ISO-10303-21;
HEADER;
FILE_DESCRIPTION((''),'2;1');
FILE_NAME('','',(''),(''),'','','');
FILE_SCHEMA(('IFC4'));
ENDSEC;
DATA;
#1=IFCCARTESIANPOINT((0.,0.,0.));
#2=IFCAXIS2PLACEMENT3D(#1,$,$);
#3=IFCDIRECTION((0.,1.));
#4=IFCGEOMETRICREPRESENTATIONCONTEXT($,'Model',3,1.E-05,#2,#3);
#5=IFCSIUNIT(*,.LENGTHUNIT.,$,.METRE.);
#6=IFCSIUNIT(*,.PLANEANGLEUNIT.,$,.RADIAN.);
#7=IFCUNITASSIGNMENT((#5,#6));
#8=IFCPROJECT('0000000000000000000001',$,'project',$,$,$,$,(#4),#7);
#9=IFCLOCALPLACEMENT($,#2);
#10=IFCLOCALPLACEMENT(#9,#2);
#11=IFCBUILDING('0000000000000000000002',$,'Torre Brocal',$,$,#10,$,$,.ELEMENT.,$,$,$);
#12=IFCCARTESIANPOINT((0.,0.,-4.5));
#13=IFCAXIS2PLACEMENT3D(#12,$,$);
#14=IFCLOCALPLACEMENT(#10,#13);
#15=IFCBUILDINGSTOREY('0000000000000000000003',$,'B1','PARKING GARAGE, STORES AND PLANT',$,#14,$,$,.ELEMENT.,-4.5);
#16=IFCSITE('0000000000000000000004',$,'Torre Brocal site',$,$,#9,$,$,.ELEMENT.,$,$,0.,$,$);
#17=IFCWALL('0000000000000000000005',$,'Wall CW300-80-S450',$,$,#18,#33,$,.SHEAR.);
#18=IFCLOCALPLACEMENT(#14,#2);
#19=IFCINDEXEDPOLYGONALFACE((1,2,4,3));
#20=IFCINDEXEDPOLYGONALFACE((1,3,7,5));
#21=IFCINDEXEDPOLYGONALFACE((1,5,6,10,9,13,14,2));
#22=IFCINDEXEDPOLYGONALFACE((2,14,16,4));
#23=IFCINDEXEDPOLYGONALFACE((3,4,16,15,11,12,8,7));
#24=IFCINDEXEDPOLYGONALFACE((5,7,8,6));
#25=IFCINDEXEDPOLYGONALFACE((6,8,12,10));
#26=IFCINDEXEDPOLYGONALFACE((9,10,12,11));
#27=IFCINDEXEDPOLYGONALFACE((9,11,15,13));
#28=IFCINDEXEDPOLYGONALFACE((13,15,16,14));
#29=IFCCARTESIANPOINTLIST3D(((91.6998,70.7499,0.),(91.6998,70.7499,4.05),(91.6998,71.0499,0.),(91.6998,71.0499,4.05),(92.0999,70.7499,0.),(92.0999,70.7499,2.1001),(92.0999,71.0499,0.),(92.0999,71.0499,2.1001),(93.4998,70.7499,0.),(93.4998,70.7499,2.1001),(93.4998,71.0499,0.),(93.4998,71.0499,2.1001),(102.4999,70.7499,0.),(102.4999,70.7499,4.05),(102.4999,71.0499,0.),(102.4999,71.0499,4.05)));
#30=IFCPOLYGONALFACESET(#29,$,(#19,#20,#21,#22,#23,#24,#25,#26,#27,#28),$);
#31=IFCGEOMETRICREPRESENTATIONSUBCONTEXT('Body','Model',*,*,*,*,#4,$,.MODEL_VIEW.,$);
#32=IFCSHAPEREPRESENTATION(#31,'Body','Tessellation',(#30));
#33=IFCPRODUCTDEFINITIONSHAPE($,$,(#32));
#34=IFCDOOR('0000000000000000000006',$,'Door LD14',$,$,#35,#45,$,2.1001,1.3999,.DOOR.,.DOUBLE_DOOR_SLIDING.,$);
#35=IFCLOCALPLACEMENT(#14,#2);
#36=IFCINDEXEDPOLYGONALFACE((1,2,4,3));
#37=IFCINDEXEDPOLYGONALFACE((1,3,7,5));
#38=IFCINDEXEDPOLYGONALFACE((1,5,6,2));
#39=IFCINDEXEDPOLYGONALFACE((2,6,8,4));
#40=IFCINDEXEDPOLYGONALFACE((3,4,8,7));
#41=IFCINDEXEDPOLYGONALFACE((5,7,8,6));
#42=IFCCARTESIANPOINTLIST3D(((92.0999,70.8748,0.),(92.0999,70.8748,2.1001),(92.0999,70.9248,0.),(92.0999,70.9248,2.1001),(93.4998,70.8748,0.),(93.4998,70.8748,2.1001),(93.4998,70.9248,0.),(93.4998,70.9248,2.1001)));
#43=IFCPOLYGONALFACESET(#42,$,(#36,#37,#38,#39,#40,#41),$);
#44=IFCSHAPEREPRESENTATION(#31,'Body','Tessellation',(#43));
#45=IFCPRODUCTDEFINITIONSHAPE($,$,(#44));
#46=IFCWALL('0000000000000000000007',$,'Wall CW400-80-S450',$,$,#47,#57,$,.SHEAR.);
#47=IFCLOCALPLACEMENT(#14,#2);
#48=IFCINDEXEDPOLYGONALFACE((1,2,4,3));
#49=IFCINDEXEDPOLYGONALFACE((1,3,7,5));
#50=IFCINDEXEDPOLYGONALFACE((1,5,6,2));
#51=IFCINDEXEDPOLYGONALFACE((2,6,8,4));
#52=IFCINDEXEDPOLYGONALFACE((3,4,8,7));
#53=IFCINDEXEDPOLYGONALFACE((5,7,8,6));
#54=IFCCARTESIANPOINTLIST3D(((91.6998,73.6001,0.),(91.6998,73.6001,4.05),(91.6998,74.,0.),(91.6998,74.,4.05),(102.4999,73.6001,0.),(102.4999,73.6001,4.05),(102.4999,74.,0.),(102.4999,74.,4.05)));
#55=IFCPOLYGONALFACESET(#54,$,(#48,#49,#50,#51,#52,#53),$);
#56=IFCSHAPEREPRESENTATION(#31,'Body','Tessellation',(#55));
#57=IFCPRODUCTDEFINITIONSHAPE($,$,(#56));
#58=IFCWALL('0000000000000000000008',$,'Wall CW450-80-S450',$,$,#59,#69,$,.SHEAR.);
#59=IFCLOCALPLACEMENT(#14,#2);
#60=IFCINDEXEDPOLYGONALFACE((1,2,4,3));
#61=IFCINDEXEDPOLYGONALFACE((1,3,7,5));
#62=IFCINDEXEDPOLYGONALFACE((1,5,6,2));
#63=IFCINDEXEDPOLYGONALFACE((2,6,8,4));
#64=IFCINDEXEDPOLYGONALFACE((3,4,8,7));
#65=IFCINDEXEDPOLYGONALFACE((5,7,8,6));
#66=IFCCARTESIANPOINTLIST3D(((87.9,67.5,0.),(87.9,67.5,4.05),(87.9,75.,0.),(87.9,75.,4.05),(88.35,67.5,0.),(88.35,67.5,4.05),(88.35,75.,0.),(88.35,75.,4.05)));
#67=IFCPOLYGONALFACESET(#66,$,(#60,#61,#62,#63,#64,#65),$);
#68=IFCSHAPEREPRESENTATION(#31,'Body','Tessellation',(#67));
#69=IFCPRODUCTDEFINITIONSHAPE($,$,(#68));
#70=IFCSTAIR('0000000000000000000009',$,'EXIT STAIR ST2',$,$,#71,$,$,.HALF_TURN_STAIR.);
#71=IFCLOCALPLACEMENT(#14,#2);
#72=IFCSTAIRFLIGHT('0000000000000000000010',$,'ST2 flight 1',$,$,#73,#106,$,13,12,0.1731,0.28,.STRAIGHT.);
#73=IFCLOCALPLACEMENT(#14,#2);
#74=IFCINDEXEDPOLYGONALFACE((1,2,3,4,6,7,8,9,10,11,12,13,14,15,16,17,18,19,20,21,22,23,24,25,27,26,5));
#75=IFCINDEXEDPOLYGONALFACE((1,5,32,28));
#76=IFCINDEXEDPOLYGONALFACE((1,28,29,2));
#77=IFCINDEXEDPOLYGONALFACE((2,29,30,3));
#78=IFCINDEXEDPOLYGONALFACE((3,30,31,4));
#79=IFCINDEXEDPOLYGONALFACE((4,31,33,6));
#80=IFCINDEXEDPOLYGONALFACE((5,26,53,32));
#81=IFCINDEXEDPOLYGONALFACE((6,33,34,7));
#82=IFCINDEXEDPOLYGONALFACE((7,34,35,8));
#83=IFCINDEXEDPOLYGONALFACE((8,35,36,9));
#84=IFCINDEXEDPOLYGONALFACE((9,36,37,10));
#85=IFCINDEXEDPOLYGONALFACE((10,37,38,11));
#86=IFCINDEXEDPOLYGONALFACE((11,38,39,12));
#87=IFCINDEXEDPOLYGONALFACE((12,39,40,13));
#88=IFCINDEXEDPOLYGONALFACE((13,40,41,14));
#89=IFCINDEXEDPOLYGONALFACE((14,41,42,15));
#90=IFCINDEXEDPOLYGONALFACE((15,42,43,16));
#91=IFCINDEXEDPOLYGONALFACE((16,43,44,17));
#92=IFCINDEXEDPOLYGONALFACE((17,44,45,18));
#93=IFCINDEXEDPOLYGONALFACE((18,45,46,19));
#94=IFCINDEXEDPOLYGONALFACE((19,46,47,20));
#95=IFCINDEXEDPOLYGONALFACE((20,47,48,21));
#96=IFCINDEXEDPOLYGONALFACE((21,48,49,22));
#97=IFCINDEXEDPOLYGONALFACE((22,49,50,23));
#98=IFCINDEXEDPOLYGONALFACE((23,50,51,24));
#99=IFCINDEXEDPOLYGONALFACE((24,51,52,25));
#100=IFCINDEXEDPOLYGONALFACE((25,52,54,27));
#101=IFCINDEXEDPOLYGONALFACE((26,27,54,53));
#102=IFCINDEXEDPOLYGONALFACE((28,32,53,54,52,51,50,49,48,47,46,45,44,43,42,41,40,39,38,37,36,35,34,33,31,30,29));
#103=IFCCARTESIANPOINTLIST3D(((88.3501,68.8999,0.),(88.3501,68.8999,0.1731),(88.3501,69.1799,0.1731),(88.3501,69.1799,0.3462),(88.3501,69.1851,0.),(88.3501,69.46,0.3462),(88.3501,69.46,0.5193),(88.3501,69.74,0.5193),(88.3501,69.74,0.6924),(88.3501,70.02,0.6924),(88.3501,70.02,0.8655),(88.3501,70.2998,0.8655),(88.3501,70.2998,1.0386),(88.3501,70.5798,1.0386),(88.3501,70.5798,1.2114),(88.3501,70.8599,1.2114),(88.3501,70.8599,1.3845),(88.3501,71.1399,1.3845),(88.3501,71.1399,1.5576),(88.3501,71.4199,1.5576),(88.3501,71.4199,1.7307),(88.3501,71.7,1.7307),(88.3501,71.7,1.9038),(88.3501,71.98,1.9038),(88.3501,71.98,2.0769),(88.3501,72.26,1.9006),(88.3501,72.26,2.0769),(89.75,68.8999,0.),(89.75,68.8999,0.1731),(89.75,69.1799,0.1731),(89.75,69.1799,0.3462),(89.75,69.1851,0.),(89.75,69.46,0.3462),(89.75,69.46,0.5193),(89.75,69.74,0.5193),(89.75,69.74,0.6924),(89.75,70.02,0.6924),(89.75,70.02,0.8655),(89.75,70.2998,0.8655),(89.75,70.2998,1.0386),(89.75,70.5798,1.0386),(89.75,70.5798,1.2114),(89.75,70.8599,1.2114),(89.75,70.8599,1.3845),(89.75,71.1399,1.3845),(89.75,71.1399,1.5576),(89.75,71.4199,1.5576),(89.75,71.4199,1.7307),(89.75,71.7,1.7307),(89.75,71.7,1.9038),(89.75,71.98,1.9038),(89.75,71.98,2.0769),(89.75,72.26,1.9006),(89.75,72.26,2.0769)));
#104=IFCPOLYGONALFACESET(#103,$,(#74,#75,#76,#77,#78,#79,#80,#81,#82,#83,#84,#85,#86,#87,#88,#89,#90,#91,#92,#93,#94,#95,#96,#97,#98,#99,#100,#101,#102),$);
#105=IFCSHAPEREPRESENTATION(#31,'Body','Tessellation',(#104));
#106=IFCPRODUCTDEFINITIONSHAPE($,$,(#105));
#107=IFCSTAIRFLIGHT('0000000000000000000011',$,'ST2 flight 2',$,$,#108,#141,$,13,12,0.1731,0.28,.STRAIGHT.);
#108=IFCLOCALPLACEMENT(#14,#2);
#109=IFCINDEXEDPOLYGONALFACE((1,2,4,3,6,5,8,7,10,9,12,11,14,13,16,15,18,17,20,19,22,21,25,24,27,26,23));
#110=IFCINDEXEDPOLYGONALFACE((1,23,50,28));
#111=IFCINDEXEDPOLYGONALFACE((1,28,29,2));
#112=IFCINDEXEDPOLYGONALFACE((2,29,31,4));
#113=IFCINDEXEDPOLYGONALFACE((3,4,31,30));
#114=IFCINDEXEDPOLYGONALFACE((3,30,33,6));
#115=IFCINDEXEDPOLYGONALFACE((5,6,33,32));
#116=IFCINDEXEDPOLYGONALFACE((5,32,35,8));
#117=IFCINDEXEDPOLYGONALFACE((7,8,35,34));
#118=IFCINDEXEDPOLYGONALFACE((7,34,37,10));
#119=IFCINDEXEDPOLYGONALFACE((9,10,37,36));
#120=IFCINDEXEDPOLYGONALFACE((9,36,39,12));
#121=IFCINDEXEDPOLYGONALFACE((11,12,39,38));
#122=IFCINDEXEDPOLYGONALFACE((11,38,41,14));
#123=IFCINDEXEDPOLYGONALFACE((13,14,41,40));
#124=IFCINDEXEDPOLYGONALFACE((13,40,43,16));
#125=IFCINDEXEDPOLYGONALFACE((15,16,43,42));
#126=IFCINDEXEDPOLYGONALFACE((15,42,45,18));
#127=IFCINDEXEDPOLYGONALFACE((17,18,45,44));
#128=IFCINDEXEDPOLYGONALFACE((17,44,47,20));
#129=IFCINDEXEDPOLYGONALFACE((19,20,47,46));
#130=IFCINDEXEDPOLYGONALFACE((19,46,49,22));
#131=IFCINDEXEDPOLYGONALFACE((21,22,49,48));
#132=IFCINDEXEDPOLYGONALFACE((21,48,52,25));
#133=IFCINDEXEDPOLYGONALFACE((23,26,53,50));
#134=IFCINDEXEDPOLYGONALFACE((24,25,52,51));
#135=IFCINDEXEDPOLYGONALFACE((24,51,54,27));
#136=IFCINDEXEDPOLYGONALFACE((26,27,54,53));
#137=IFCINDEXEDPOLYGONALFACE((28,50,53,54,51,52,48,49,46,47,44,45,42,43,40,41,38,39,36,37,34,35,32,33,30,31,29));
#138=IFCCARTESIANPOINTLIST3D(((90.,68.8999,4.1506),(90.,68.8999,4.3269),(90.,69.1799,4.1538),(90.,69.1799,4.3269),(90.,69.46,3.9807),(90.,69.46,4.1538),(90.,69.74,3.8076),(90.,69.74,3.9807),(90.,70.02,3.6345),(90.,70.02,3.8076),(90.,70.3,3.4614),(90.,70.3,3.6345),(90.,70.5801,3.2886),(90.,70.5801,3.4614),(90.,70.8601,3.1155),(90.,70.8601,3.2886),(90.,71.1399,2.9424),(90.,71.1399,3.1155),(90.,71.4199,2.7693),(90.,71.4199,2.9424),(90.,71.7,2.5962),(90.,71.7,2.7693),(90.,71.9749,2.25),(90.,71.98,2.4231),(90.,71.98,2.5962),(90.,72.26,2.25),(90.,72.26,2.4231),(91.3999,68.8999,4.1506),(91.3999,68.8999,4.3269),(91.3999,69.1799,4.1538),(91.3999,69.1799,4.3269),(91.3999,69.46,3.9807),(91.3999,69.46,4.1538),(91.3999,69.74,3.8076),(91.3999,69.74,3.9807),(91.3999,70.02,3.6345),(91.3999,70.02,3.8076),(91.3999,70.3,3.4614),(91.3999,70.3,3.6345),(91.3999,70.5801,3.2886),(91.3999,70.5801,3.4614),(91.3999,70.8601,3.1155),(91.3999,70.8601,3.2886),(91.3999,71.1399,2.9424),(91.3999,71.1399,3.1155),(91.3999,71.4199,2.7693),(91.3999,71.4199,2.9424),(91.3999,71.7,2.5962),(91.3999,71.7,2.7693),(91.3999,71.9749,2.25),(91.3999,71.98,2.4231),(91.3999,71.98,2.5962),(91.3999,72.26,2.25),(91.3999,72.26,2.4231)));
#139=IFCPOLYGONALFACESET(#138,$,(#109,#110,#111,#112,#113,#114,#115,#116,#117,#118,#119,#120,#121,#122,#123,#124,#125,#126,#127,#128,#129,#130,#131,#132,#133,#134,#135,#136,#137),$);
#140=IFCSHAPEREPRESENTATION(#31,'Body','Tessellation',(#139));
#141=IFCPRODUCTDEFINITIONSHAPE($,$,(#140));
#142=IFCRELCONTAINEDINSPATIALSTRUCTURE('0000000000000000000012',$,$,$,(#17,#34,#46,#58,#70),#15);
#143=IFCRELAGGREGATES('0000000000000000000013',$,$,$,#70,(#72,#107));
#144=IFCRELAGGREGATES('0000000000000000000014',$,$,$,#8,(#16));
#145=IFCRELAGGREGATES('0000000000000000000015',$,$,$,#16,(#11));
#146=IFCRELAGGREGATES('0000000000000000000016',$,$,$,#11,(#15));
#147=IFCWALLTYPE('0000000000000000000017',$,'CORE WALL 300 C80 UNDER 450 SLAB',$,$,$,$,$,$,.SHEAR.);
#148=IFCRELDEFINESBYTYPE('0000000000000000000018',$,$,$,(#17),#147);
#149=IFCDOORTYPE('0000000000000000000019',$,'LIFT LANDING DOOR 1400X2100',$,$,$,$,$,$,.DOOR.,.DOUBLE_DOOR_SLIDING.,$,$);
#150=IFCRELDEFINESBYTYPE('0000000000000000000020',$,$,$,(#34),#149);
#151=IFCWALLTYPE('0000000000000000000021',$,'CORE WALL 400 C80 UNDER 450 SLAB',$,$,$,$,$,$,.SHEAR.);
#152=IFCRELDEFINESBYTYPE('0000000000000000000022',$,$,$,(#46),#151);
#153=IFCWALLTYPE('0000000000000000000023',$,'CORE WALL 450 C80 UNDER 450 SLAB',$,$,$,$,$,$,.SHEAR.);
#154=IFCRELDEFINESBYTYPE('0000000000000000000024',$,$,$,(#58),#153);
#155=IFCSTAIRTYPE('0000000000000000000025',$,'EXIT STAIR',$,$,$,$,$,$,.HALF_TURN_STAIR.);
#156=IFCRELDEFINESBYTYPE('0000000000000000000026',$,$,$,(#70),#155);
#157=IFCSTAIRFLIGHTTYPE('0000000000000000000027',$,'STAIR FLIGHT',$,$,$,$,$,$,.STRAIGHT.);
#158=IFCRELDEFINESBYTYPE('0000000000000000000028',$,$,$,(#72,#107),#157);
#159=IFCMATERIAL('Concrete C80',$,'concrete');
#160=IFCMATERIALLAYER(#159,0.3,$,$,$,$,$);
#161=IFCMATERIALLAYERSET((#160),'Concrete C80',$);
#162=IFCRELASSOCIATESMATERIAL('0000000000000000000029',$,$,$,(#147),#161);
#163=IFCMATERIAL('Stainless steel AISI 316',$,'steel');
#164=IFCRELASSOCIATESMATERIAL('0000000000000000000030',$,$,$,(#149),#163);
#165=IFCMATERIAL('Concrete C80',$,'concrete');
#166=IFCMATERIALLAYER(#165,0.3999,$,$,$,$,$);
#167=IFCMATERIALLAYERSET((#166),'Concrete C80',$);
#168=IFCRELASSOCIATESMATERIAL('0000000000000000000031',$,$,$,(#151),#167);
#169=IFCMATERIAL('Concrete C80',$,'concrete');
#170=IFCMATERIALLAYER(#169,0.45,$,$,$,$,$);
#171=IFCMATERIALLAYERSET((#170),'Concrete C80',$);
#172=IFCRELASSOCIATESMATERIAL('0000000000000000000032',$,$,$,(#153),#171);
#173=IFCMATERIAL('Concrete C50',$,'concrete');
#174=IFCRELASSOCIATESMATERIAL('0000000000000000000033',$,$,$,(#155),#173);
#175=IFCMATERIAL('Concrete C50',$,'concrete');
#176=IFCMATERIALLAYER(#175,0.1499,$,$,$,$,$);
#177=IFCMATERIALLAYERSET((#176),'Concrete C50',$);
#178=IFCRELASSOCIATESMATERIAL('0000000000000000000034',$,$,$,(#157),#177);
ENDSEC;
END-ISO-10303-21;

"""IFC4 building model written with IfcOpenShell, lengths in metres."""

from ifc_helpers import new_model, si_unit, direction, frame, frame_2d, origin, place, context, subcontext, project, spatial, polyline, rectangle, outline, extrude, material, layer, layer_set, type_object, element, fill, aggregate, save


model = new_model("IFC4")

# Units and contexts
model_context = context("Model", 3, precision=1e-05, world=origin(), true_north=direction((0.0, 1.0)))
body_context = subcontext(model_context, "Body", "Model", "MODEL_VIEW")
ifc_project = project(units=[si_unit("LENGTHUNIT", "METRE"), si_unit("PLANEANGLEUNIT", "RADIAN")], contexts=[model_context])

# Site, building, storey
site_placement = place(None, origin())
site = spatial("IfcSite", under=ifc_project, at=site_placement, Name="Torre Brocal site", CompositionType="ELEMENT", RefElevation=0.0)
building_placement = place(site_placement, origin())
building = spatial("IfcBuilding", under=site, at=building_placement, Name="Torre Brocal", CompositionType="ELEMENT")
storey_placement = place(building_placement, frame((0.0, 0.0, -4.5)))
storey = spatial("IfcBuildingStorey", under=building, at=storey_placement, Name="B1", Description="PARKING GARAGE, STORES AND PLANT", CompositionType="ELEMENT", Elevation=-4.5)

# Shared definitions
ifc_material_1 = material(Name="Concrete C80", Category="concrete")
ifc_layer_1 = layer(ifc_material_1, 0.3)
ifc_layer_set_1 = layer_set([ifc_layer_1], Name="Concrete C80")
wall_type_1 = type_object("IfcWallType", Name="CORE WALL 300 C80 UNDER 450 SLAB", PredefinedType="SHEAR", material=ifc_layer_set_1)

# Wall, opening, door
wall_1_placement = place(storey_placement, frame((91.7, 70.8999, 0.0), z_axis=(0.0, 0.0, 1.0), x_axis=(1.0, 0.0, 0.0)))
wall_1 = element("IfcWall", 1, at=wall_1_placement, inside=storey, type_object=wall_type_1, Name="Wall CW300-80-S450", PredefinedType="SHEAR", context=body_context, shape_type="SweptSolid", body=[
    extrude(rectangle(XDim=10.8, YDim=0.3, at=frame_2d((5.3999, 0.0))), origin(), (0.0, 0.0, 1.0), 4.05),
])
opening_1_placement = place(wall_1_placement, frame((0.3999, 0.0, 0.0)))
opening_1 = element("IfcOpeningElement", 2, at=opening_1_placement, cuts=wall_1, PredefinedType="OPENING", context=body_context, shape_type="SweptSolid", body=[
    extrude(rectangle(XDim=1.3999, YDim=2.1001, at=frame_2d((0.7, 1.05))), frame((0.0, 0.1599, 0.0), z_axis=(0.0, -1.0, 0.0), x_axis=(1.0, 0.0, 0.0)), (0.0, 0.0, 1.0), 0.3201),
])
ifc_material_2 = material(Name="Stainless steel AISI 316", Category="steel")
door_type_1 = type_object("IfcDoorType", Name="LIFT LANDING DOOR 1400X2100", OperationType="DOUBLE_DOOR_SLIDING", PredefinedType="DOOR", material=ifc_material_2)
door_1_placement = place(opening_1_placement, origin())
door_1 = element("IfcDoor", 3, at=door_1_placement, inside=storey, type_object=door_type_1, Name="Door LD14", OperationType="DOUBLE_DOOR_SLIDING", OverallHeight=2.1001, OverallWidth=1.3999, PredefinedType="DOOR", context=body_context, shape_type="SweptSolid", body=[
    extrude(rectangle(XDim=1.3999, YDim=2.1001, at=frame_2d((0.7, 1.05))), frame((0.0, 0.0249, 0.0), z_axis=(0.0, -1.0, 0.0), x_axis=(1.0, 0.0, 0.0)), (0.0, 0.0, 1.0), 0.05),
])
fill(opening_1, door_1)

# Walls
ifc_material_3 = material(Name="Concrete C80", Category="concrete")
ifc_layer_2 = layer(ifc_material_3, 0.3999)
ifc_layer_set_2 = layer_set([ifc_layer_2], Name="Concrete C80")
wall_type_2 = type_object("IfcWallType", Name="CORE WALL 400 C80 UNDER 450 SLAB", PredefinedType="SHEAR", material=ifc_layer_set_2)
wall_2_placement = place(storey_placement, frame((91.7, 73.8, 0.0), z_axis=(0.0, 0.0, 1.0), x_axis=(1.0, 0.0, 0.0)))
element("IfcWall", 4, at=wall_2_placement, inside=storey, type_object=wall_type_2, Name="Wall CW400-80-S450", PredefinedType="SHEAR", context=body_context, shape_type="SweptSolid", body=[
    extrude(rectangle(XDim=10.8, YDim=0.3999, at=frame_2d((5.3999, 0.0))), origin(), (0.0, 0.0, 1.0), 4.05),
])
ifc_material_4 = material(Name="Concrete C80", Category="concrete")
ifc_layer_3 = layer(ifc_material_4, 0.45)
ifc_layer_set_3 = layer_set([ifc_layer_3], Name="Concrete C80")
wall_type_3 = type_object("IfcWallType", Name="CORE WALL 450 C80 UNDER 450 SLAB", PredefinedType="SHEAR", material=ifc_layer_set_3)
wall_3_placement = place(storey_placement, frame((88.125, 67.5, 0.0), z_axis=(0.0, 0.0, 1.0), x_axis=(0.0, 1.0, 0.0)))
element("IfcWall", 5, at=wall_3_placement, inside=storey, type_object=wall_type_3, Name="Wall CW450-80-S450", PredefinedType="SHEAR", context=body_context, shape_type="SweptSolid", body=[
    extrude(rectangle(XDim=7.5, YDim=0.45, at=frame_2d((3.75, 0.0))), origin(), (0.0, 0.0, 1.0), 4.05),
])

# Stair, stair flights
ifc_material_5 = material(Name="Concrete C50", Category="concrete")
stair_type = type_object("IfcStairType", Name="EXIT STAIR", PredefinedType="HALF_TURN_STAIR", material=ifc_material_5)
stair_placement = place(storey_placement, origin())
stair = element("IfcStair", 6, at=stair_placement, inside=storey, type_object=stair_type, Name="EXIT STAIR ST2", PredefinedType="HALF_TURN_STAIR")
ifc_material_6 = material(Name="Concrete C50", Category="concrete")
ifc_layer_4 = layer(ifc_material_6, 0.1499)
ifc_layer_set_4 = layer_set([ifc_layer_4], Name="Concrete C50")
stair_flight_type = type_object("IfcStairFlightType", Name="STAIR FLIGHT", PredefinedType="STRAIGHT", material=ifc_layer_set_4)
stair_flight_1_placement = place(storey_placement, frame((89.05, 68.8999, 0.0), z_axis=(0.0, 0.0, 1.0), x_axis=(0.0, 1.0, 0.0)))
stair_flight_1 = element("IfcStairFlight", 7, at=stair_flight_1_placement, type_object=stair_flight_type, Name="ST2 flight 1", NumberOfRisers=13, NumberOfTreads=12, PredefinedType="STRAIGHT", RiserHeight=0.1731, TreadLength=0.28, context=body_context, shape_type="SweptSolid", body=[
    extrude(outline(polyline([(0.0, 0.0), (0.0, 0.1731), (0.28, 0.1731), (0.28, 0.3462), (0.5601, 0.3462), (0.5601, 0.5193), (0.8401, 0.5193), (0.8401, 0.6924), (1.1201, 0.6924), (1.1201, 0.8655), (1.3999, 0.8655), (1.3999, 1.0386), (1.6799, 1.0386), (1.6799, 1.2114), (1.96, 1.2114), (1.96, 1.3845), (2.24, 1.3845), (2.24, 1.5576), (2.52, 1.5576), (2.52, 1.7307), (2.8, 1.7307), (2.8, 1.9038), (3.0801, 1.9038), (3.0801, 2.0769), (3.3601, 2.0769), (3.3601, 2.25), (3.3601, 1.9006), (0.2852, 0.0), (0.0, 0.0)])), frame((0.0, 0.7, 0.0), z_axis=(0.0, -1.0, 0.0), x_axis=(1.0, 0.0, 0.0)), (0.0, 0.0, 1.0), 1.3999),
])
stair_flight_2_placement = place(storey_placement, frame((90.7, 72.26, 2.25), z_axis=(0.0, 0.0, 1.0), x_axis=(0.0, -1.0, 0.0)))
stair_flight_2 = element("IfcStairFlight", 8, at=stair_flight_2_placement, type_object=stair_flight_type, Name="ST2 flight 2", NumberOfRisers=13, NumberOfTreads=12, PredefinedType="STRAIGHT", RiserHeight=0.1731, TreadLength=0.28, context=body_context, shape_type="SweptSolid", body=[
    extrude(outline(polyline([(0.0, 0.0), (0.0, 0.1731), (0.28, 0.1731), (0.28, 0.3462), (0.5601, 0.3462), (0.5601, 0.5193), (0.8401, 0.5193), (0.8401, 0.6924), (1.1201, 0.6924), (1.1201, 0.8655), (1.3999, 0.8655), (1.3999, 1.0386), (1.6799, 1.0386), (1.6799, 1.2114), (1.96, 1.2114), (1.96, 1.3845), (2.24, 1.3845), (2.24, 1.5576), (2.52, 1.5576), (2.52, 1.7307), (2.8, 1.7307), (2.8, 1.9038), (3.0801, 1.9038), (3.0801, 2.0769), (3.3601, 2.0769), (3.3601, 2.25), (3.3601, 1.9006), (0.2852, 0.0), (0.0, 0.0)])), frame((0.0, 0.7, 0.0), z_axis=(0.0, -1.0, 0.0), x_axis=(1.0, 0.0, 0.0)), (0.0, 0.0, 1.0), 1.3999),
])
aggregate(stair, [stair_flight_1, stair_flight_2])

save(model, "model.ifc")
